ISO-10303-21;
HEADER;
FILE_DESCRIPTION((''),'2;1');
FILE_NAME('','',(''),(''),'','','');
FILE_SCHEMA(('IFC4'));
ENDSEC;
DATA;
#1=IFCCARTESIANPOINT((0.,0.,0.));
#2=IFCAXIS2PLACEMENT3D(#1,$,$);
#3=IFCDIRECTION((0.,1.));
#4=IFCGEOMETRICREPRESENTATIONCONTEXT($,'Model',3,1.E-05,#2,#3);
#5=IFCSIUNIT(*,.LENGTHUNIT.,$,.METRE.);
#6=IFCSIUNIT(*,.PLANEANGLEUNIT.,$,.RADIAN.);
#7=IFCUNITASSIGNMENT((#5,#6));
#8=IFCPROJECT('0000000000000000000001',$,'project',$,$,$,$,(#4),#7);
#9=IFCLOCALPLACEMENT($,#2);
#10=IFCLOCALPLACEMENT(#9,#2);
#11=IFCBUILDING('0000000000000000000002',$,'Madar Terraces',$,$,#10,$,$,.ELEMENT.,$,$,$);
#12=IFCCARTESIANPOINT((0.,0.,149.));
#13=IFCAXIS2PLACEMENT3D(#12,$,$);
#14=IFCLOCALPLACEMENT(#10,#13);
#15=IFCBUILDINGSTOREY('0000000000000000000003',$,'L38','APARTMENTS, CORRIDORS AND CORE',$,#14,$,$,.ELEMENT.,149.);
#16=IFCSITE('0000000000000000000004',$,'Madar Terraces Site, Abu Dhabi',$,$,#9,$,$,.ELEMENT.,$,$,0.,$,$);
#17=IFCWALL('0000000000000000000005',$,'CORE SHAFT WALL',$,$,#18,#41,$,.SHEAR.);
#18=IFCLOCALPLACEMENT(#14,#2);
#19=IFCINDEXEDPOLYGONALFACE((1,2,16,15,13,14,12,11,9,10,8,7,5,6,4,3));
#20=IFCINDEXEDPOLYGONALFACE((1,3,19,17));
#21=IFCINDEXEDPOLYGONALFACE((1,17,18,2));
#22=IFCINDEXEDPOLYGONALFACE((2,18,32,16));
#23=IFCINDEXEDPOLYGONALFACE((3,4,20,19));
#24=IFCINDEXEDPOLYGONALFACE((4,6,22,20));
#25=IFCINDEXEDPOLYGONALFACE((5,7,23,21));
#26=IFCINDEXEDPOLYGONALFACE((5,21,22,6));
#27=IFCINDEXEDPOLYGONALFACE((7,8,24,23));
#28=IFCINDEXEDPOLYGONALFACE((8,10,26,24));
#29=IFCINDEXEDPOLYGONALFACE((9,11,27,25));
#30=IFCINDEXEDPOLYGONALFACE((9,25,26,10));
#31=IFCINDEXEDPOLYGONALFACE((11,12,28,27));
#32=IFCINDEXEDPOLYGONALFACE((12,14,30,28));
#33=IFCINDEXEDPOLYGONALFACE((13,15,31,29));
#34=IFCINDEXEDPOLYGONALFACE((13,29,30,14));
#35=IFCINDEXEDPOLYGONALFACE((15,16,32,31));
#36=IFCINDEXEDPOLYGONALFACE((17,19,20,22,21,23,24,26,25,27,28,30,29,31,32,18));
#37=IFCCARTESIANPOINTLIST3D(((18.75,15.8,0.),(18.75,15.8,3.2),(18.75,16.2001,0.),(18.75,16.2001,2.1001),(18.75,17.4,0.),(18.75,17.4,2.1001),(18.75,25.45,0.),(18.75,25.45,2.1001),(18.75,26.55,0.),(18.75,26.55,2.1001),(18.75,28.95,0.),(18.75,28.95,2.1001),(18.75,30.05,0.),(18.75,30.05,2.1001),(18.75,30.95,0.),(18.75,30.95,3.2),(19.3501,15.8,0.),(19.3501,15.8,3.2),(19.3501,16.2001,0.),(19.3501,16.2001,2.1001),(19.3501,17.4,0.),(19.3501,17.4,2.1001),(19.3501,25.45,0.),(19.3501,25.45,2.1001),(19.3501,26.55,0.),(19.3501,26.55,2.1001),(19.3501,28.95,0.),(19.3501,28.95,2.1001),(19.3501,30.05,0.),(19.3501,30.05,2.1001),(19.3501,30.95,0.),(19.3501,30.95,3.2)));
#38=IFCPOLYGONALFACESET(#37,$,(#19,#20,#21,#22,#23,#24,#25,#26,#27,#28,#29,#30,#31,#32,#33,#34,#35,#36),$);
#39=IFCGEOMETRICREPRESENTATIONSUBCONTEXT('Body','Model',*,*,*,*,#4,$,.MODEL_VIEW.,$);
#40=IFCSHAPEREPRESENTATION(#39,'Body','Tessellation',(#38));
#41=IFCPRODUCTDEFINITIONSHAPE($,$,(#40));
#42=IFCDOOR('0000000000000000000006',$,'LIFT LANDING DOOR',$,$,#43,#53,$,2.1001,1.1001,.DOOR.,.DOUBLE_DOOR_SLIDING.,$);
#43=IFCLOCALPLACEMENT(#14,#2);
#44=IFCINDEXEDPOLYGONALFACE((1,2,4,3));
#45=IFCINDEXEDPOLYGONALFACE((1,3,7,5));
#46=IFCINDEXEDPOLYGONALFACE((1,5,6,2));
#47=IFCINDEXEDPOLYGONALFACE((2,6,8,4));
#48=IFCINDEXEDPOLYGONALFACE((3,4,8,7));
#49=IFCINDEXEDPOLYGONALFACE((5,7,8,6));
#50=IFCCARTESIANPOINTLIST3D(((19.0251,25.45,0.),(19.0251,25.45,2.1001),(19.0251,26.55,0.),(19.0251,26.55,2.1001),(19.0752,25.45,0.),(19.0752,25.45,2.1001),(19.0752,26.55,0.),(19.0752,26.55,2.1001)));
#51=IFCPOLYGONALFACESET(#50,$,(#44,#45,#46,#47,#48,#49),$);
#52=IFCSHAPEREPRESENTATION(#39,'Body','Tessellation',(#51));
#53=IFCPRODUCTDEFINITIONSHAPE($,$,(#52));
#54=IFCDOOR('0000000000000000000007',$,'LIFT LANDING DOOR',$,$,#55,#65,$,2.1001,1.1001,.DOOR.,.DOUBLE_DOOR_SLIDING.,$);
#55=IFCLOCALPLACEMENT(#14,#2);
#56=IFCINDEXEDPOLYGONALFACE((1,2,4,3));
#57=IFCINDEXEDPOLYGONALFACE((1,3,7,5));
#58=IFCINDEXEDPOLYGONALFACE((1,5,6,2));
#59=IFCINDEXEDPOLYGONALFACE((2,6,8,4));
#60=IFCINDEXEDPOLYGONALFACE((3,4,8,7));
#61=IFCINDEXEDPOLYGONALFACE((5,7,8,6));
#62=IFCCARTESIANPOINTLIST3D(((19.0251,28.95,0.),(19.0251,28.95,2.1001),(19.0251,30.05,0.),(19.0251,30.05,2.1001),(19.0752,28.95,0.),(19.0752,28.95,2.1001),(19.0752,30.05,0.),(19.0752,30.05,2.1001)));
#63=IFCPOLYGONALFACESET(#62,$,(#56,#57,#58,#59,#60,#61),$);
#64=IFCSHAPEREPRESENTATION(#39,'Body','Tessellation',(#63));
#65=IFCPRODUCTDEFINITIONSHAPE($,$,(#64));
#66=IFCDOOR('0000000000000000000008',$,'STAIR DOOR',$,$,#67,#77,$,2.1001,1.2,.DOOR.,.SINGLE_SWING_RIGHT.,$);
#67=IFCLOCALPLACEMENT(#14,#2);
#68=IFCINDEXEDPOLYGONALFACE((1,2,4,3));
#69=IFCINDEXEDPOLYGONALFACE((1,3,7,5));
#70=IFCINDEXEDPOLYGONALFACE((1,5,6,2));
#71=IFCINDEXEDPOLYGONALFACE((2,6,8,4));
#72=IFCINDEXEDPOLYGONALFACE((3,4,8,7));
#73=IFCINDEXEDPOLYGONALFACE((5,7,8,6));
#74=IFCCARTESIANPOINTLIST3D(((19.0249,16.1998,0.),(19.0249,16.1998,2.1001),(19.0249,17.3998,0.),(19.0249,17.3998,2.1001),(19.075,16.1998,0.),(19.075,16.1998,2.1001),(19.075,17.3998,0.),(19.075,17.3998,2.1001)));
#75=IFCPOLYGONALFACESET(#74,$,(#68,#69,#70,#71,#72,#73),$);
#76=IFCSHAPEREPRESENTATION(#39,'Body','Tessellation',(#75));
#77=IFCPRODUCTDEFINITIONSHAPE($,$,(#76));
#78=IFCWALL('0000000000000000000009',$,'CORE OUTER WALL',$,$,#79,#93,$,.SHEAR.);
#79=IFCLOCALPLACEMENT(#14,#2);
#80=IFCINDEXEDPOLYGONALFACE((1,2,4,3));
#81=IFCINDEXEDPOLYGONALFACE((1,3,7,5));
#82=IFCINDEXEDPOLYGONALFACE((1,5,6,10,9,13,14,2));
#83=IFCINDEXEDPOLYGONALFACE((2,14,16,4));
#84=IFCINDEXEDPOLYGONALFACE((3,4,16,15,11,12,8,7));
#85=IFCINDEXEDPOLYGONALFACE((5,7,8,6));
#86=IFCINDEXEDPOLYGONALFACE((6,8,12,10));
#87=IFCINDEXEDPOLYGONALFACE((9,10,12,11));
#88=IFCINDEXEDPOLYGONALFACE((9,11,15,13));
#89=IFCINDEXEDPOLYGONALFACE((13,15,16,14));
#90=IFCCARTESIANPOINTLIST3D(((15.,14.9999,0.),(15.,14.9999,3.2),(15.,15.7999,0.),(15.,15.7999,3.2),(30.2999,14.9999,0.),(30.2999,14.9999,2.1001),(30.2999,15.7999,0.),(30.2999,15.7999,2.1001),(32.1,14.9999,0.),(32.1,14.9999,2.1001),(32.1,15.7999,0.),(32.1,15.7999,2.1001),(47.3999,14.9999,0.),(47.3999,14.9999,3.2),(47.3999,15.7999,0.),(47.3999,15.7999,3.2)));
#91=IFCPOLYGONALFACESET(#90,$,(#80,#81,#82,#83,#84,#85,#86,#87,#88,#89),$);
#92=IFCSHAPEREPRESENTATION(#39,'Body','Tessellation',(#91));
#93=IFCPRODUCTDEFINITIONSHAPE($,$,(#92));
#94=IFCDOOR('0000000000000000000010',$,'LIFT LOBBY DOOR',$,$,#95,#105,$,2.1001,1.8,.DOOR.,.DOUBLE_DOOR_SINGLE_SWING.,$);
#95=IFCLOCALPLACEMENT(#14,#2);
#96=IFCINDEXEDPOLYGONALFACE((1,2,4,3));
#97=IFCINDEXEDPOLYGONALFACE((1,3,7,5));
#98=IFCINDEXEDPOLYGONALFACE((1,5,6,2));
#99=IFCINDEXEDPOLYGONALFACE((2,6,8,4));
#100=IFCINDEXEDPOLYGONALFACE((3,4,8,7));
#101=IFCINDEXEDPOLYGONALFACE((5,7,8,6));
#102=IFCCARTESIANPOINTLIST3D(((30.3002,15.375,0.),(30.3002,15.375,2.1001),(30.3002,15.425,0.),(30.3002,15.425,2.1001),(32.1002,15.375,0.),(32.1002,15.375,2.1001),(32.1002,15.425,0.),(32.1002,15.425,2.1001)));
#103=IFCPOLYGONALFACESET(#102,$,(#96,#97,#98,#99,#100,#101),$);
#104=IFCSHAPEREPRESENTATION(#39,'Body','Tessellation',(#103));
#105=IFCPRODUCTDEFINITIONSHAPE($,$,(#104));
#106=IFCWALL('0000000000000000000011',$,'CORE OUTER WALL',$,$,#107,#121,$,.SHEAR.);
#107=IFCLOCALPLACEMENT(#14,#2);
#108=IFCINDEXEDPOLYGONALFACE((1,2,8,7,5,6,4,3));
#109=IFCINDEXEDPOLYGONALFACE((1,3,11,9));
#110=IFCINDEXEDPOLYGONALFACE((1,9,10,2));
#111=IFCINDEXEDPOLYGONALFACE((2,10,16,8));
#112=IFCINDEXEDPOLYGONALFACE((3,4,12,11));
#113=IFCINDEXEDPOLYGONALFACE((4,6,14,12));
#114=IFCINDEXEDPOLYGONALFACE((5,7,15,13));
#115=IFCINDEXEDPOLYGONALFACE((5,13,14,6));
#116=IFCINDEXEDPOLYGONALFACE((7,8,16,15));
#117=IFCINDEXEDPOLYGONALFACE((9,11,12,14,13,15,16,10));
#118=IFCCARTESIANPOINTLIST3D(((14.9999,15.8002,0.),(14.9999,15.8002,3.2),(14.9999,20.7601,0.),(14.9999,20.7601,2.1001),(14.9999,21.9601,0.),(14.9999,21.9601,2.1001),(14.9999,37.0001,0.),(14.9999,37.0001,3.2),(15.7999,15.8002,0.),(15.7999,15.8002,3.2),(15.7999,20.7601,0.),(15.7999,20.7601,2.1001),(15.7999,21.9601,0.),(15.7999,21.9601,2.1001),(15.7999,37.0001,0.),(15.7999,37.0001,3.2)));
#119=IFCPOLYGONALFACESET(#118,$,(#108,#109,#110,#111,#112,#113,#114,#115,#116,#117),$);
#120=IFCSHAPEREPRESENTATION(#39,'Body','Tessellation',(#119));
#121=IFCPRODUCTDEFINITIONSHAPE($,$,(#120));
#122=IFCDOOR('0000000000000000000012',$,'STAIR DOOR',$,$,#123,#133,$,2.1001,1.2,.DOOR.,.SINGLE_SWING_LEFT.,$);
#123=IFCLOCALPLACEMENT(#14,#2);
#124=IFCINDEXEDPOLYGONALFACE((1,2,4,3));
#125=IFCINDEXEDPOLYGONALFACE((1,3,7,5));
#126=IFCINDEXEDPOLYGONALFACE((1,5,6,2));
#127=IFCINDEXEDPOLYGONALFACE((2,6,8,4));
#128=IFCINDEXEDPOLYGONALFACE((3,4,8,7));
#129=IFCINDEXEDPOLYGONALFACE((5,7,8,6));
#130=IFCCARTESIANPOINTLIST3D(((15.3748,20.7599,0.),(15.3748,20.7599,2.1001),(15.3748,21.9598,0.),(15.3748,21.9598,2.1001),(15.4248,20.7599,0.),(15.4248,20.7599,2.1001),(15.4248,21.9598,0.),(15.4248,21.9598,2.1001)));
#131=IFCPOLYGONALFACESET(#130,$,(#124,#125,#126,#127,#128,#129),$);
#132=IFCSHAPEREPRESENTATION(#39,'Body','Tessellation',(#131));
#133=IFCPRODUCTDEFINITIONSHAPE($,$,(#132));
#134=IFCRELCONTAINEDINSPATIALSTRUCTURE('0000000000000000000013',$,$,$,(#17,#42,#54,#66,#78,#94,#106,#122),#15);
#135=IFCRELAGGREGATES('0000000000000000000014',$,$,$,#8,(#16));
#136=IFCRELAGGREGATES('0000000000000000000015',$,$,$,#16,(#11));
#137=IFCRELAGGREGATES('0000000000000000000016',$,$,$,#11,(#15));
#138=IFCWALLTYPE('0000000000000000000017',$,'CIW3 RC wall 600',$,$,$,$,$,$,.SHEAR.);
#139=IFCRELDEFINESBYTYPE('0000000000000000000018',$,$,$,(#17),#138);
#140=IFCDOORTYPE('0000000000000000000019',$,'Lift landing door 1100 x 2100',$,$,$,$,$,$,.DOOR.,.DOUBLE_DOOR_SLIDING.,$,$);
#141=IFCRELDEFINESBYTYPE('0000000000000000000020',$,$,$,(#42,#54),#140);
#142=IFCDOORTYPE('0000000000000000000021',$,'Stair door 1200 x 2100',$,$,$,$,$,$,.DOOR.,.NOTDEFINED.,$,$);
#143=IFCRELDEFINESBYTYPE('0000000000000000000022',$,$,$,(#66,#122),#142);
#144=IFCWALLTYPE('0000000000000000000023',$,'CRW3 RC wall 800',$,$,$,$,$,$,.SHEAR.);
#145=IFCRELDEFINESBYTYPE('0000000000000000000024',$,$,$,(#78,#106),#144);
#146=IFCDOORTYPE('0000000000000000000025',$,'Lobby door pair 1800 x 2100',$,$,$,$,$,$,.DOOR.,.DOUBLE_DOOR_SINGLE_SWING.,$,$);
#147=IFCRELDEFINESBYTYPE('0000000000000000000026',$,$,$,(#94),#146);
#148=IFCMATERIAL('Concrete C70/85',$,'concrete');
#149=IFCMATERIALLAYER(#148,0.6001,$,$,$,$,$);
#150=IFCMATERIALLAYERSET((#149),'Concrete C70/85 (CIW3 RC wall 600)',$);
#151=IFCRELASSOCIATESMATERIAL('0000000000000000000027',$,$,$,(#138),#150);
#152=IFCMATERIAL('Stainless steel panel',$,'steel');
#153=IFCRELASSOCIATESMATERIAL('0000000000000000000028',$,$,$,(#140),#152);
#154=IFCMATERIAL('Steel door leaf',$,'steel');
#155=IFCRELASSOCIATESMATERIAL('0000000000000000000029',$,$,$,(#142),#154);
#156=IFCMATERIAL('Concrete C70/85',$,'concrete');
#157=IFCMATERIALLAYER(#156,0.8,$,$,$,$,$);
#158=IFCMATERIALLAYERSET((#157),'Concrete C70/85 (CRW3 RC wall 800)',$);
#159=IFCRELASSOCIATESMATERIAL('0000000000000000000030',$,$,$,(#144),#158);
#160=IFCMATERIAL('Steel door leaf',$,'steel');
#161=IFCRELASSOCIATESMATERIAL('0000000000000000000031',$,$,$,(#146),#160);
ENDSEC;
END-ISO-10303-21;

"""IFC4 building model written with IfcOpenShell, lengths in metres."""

from ifc_helpers import new_model, si_unit, direction, frame, frame_2d, origin, place, context, subcontext, project, spatial, rectangle, extrude, material, layer, layer_set, type_object, element, fill, save


model = new_model("IFC4")

# Units and contexts
model_context = context("Model", 3, precision=1e-05, world=origin(), true_north=direction((0.0, 1.0)))
body_context = subcontext(model_context, "Body", "Model", "MODEL_VIEW")
ifc_project = project(units=[si_unit("LENGTHUNIT", "METRE"), si_unit("PLANEANGLEUNIT", "RADIAN")], contexts=[model_context])

# Site, building, storey
site_placement = place(None, origin())
site = spatial("IfcSite", under=ifc_project, at=site_placement, Name="Madar Terraces Site, Abu Dhabi", CompositionType="ELEMENT", RefElevation=0.0)
building_placement = place(site_placement, origin())
building = spatial("IfcBuilding", under=site, at=building_placement, Name="Madar Terraces", CompositionType="ELEMENT")
storey_placement = place(building_placement, frame((0.0, 0.0, 149.0)))
storey = spatial("IfcBuildingStorey", under=building, at=storey_placement, Name="L38", Description="APARTMENTS, CORRIDORS AND CORE", CompositionType="ELEMENT", Elevation=149.0)

# Wall, openings, doors
ifc_material_1 = material(Name="Concrete C70/85", Category="concrete")
ifc_layer_1 = layer(ifc_material_1, 0.6001)
ifc_layer_set_1 = layer_set([ifc_layer_1], Name="Concrete C70/85 (CIW3 RC wall 600)")
wall_type_1 = type_object("IfcWallType", Name="CIW3 RC wall 600", PredefinedType="SHEAR", material=ifc_layer_set_1)
wall_1_placement = place(storey_placement, frame((19.05, 15.8, 0.0), z_axis=(0.0, 0.0, 1.0), x_axis=(0.0, 1.0, 0.0)))
wall_1 = element("IfcWall", 1, at=wall_1_placement, inside=storey, type_object=wall_type_1, Name="CORE SHAFT WALL", PredefinedType="SHEAR", context=body_context, shape_type="SweptSolid", body=[
    extrude(rectangle(XDim=15.1499, YDim=0.6001, at=frame_2d((7.575, 0.0))), origin(), (0.0, 0.0, 1.0), 3.2),
])
opening_1_placement = place(wall_1_placement, frame((9.6499, 0.0, 0.0)))
opening_1 = element("IfcOpeningElement", 2, at=opening_1_placement, cuts=wall_1, PredefinedType="OPENING", context=body_context, shape_type="SweptSolid", body=[
    extrude(rectangle(XDim=1.1001, YDim=2.1001, at=frame_2d((0.55, 1.05))), frame((0.0, 0.3101, 0.0), z_axis=(0.0, -1.0, 0.0), x_axis=(1.0, 0.0, 0.0)), (0.0, 0.0, 1.0), 0.6201),
])
opening_2_placement = place(wall_1_placement, frame((13.1499, 0.0, 0.0)))
opening_2 = element("IfcOpeningElement", 3, at=opening_2_placement, cuts=wall_1, PredefinedType="OPENING", context=body_context, shape_type="SweptSolid", body=[
    extrude(rectangle(XDim=1.1001, YDim=2.1001, at=frame_2d((0.55, 1.05))), frame((0.0, 0.3101, 0.0), z_axis=(0.0, -1.0, 0.0), x_axis=(1.0, 0.0, 0.0)), (0.0, 0.0, 1.0), 0.6201),
])
opening_3_placement = place(wall_1_placement, frame((0.3999, 0.0, 0.0)))
opening_3 = element("IfcOpeningElement", 4, at=opening_3_placement, cuts=wall_1, PredefinedType="OPENING", context=body_context, shape_type="SweptSolid", body=[
    extrude(rectangle(XDim=1.2, YDim=2.1001, at=frame_2d((0.6001, 1.05))), frame((0.0, 0.3101, 0.0), z_axis=(0.0, -1.0, 0.0), x_axis=(1.0, 0.0, 0.0)), (0.0, 0.0, 1.0), 0.6201),
])
ifc_material_2 = material(Name="Stainless steel panel", Category="steel")
door_type_1 = type_object("IfcDoorType", Name="Lift landing door 1100 x 2100", OperationType="DOUBLE_DOOR_SLIDING", PredefinedType="DOOR", material=ifc_material_2)
door_1_placement = place(opening_1_placement, origin())
door_1 = element("IfcDoor", 5, at=door_1_placement, inside=storey, type_object=door_type_1, Name="LIFT LANDING DOOR", OperationType="DOUBLE_DOOR_SLIDING", OverallHeight=2.1001, OverallWidth=1.1001, PredefinedType="DOOR", context=body_context, shape_type="SweptSolid", body=[
    extrude(rectangle(XDim=1.1001, YDim=2.1001, at=frame_2d((0.55, 1.05))), frame((0.0, 0.0249, 0.0), z_axis=(0.0, -1.0, 0.0), x_axis=(1.0, 0.0, 0.0)), (0.0, 0.0, 1.0), 0.05),
])
fill(opening_1, door_1)
door_2_placement = place(opening_2_placement, origin())
door_2 = element("IfcDoor", 6, at=door_2_placement, inside=storey, type_object=door_type_1, Name="LIFT LANDING DOOR", OperationType="DOUBLE_DOOR_SLIDING", OverallHeight=2.1001, OverallWidth=1.1001, PredefinedType="DOOR", context=body_context, shape_type="SweptSolid", body=[
    extrude(rectangle(XDim=1.1001, YDim=2.1001, at=frame_2d((0.55, 1.05))), frame((0.0, 0.0249, 0.0), z_axis=(0.0, -1.0, 0.0), x_axis=(1.0, 0.0, 0.0)), (0.0, 0.0, 1.0), 0.05),
])
fill(opening_2, door_2)
ifc_material_3 = material(Name="Steel door leaf", Category="steel")
door_type_2 = type_object("IfcDoorType", Name="Stair door 1200 x 2100", OperationType="NOTDEFINED", PredefinedType="DOOR", material=ifc_material_3)
door_3_placement = place(opening_3_placement, frame((1.2, 0.0, 0.0), z_axis=(0.0, 0.0, 1.0), x_axis=(-1.0, 0.0, 0.0)))
door_3 = element("IfcDoor", 7, at=door_3_placement, inside=storey, type_object=door_type_2, Name="STAIR DOOR", OperationType="SINGLE_SWING_RIGHT", OverallHeight=2.1001, OverallWidth=1.2, PredefinedType="DOOR", context=body_context, shape_type="SweptSolid", body=[
    extrude(rectangle(XDim=1.2, YDim=2.1001, at=frame_2d((0.6001, 1.05))), frame((0.0, 0.0249, 0.0), z_axis=(0.0, -1.0, 0.0), x_axis=(1.0, 0.0, 0.0)), (0.0, 0.0, 1.0), 0.05),
])
fill(opening_3, door_3)

# Walls, openings, doors
ifc_material_4 = material(Name="Concrete C70/85", Category="concrete")
ifc_layer_2 = layer(ifc_material_4, 0.8)
ifc_layer_set_2 = layer_set([ifc_layer_2], Name="Concrete C70/85 (CRW3 RC wall 800)")
wall_type_2 = type_object("IfcWallType", Name="CRW3 RC wall 800", PredefinedType="SHEAR", material=ifc_layer_set_2)
wall_2_placement = place(storey_placement, frame((15.0, 15.3999, 0.0), z_axis=(0.0, 0.0, 1.0), x_axis=(1.0, 0.0, 0.0)))
wall_2 = element("IfcWall", 8, at=wall_2_placement, inside=storey, type_object=wall_type_2, Name="CORE OUTER WALL", PredefinedType="SHEAR", context=body_context, shape_type="SweptSolid", body=[
    extrude(rectangle(XDim=32.3999, YDim=0.8, at=frame_2d((16.2, 0.0))), origin(), (0.0, 0.0, 1.0), 3.2),
])
opening_4_placement = place(wall_2_placement, frame((15.3, 0.0, 0.0)))
opening_4 = element("IfcOpeningElement", 9, at=opening_4_placement, cuts=wall_2, PredefinedType="OPENING", context=body_context, shape_type="SweptSolid", body=[
    extrude(rectangle(XDim=1.8, YDim=2.1001, at=frame_2d((0.8999, 1.05))), frame((0.0, 0.4099, 0.0), z_axis=(0.0, -1.0, 0.0), x_axis=(1.0, 0.0, 0.0)), (0.0, 0.0, 1.0), 0.8201),
])
ifc_material_5 = material(Name="Steel door leaf", Category="steel")
door_type_3 = type_object("IfcDoorType", Name="Lobby door pair 1800 x 2100", OperationType="DOUBLE_DOOR_SINGLE_SWING", PredefinedType="DOOR", material=ifc_material_5)
door_4_placement = place(opening_4_placement, frame((1.8, 0.0, 0.0), z_axis=(0.0, 0.0, 1.0), x_axis=(-1.0, 0.0, 0.0)))
door_4 = element("IfcDoor", 10, at=door_4_placement, inside=storey, type_object=door_type_3, Name="LIFT LOBBY DOOR", OperationType="DOUBLE_DOOR_SINGLE_SWING", OverallHeight=2.1001, OverallWidth=1.8, PredefinedType="DOOR", context=body_context, shape_type="SweptSolid", body=[
    extrude(rectangle(XDim=1.8, YDim=2.1001, at=frame_2d((0.8999, 1.05))), frame((0.0, 0.0249, 0.0), z_axis=(0.0, -1.0, 0.0), x_axis=(1.0, 0.0, 0.0)), (0.0, 0.0, 1.0), 0.05),
])
fill(opening_4, door_4)
wall_3_placement = place(storey_placement, frame((15.3999, 15.8, 0.0), z_axis=(0.0, 0.0, 1.0), x_axis=(0.0, 1.0, 0.0)))
wall_3 = element("IfcWall", 11, at=wall_3_placement, inside=storey, type_object=wall_type_2, Name="CORE OUTER WALL", PredefinedType="SHEAR", context=body_context, shape_type="SweptSolid", body=[
    extrude(rectangle(XDim=21.2, YDim=0.8, at=frame_2d((10.6001, 0.0))), origin(), (0.0, 0.0, 1.0), 3.2),
])
opening_5_placement = place(wall_3_placement, frame((4.96, 0.0, 0.0)))
opening_5 = element("IfcOpeningElement", 12, at=opening_5_placement, cuts=wall_3, PredefinedType="OPENING", context=body_context, shape_type="SweptSolid", body=[
    extrude(rectangle(XDim=1.2, YDim=2.1001, at=frame_2d((0.6001, 1.05))), frame((0.0, 0.4099, 0.0), z_axis=(0.0, -1.0, 0.0), x_axis=(1.0, 0.0, 0.0)), (0.0, 0.0, 1.0), 0.8201),
])
door_5_placement = place(opening_5_placement, frame((1.2, 0.0, 0.0), z_axis=(0.0, 0.0, 1.0), x_axis=(-1.0, 0.0, 0.0)))
door_5 = element("IfcDoor", 13, at=door_5_placement, inside=storey, type_object=door_type_2, Name="STAIR DOOR", OperationType="SINGLE_SWING_LEFT", OverallHeight=2.1001, OverallWidth=1.2, PredefinedType="DOOR", context=body_context, shape_type="SweptSolid", body=[
    extrude(rectangle(XDim=1.2, YDim=2.1001, at=frame_2d((0.6001, 1.05))), frame((0.0, 0.0249, 0.0), z_axis=(0.0, -1.0, 0.0), x_axis=(1.0, 0.0, 0.0)), (0.0, 0.0, 1.0), 0.05),
])
fill(opening_5, door_5)

save(model, "model.ifc")
